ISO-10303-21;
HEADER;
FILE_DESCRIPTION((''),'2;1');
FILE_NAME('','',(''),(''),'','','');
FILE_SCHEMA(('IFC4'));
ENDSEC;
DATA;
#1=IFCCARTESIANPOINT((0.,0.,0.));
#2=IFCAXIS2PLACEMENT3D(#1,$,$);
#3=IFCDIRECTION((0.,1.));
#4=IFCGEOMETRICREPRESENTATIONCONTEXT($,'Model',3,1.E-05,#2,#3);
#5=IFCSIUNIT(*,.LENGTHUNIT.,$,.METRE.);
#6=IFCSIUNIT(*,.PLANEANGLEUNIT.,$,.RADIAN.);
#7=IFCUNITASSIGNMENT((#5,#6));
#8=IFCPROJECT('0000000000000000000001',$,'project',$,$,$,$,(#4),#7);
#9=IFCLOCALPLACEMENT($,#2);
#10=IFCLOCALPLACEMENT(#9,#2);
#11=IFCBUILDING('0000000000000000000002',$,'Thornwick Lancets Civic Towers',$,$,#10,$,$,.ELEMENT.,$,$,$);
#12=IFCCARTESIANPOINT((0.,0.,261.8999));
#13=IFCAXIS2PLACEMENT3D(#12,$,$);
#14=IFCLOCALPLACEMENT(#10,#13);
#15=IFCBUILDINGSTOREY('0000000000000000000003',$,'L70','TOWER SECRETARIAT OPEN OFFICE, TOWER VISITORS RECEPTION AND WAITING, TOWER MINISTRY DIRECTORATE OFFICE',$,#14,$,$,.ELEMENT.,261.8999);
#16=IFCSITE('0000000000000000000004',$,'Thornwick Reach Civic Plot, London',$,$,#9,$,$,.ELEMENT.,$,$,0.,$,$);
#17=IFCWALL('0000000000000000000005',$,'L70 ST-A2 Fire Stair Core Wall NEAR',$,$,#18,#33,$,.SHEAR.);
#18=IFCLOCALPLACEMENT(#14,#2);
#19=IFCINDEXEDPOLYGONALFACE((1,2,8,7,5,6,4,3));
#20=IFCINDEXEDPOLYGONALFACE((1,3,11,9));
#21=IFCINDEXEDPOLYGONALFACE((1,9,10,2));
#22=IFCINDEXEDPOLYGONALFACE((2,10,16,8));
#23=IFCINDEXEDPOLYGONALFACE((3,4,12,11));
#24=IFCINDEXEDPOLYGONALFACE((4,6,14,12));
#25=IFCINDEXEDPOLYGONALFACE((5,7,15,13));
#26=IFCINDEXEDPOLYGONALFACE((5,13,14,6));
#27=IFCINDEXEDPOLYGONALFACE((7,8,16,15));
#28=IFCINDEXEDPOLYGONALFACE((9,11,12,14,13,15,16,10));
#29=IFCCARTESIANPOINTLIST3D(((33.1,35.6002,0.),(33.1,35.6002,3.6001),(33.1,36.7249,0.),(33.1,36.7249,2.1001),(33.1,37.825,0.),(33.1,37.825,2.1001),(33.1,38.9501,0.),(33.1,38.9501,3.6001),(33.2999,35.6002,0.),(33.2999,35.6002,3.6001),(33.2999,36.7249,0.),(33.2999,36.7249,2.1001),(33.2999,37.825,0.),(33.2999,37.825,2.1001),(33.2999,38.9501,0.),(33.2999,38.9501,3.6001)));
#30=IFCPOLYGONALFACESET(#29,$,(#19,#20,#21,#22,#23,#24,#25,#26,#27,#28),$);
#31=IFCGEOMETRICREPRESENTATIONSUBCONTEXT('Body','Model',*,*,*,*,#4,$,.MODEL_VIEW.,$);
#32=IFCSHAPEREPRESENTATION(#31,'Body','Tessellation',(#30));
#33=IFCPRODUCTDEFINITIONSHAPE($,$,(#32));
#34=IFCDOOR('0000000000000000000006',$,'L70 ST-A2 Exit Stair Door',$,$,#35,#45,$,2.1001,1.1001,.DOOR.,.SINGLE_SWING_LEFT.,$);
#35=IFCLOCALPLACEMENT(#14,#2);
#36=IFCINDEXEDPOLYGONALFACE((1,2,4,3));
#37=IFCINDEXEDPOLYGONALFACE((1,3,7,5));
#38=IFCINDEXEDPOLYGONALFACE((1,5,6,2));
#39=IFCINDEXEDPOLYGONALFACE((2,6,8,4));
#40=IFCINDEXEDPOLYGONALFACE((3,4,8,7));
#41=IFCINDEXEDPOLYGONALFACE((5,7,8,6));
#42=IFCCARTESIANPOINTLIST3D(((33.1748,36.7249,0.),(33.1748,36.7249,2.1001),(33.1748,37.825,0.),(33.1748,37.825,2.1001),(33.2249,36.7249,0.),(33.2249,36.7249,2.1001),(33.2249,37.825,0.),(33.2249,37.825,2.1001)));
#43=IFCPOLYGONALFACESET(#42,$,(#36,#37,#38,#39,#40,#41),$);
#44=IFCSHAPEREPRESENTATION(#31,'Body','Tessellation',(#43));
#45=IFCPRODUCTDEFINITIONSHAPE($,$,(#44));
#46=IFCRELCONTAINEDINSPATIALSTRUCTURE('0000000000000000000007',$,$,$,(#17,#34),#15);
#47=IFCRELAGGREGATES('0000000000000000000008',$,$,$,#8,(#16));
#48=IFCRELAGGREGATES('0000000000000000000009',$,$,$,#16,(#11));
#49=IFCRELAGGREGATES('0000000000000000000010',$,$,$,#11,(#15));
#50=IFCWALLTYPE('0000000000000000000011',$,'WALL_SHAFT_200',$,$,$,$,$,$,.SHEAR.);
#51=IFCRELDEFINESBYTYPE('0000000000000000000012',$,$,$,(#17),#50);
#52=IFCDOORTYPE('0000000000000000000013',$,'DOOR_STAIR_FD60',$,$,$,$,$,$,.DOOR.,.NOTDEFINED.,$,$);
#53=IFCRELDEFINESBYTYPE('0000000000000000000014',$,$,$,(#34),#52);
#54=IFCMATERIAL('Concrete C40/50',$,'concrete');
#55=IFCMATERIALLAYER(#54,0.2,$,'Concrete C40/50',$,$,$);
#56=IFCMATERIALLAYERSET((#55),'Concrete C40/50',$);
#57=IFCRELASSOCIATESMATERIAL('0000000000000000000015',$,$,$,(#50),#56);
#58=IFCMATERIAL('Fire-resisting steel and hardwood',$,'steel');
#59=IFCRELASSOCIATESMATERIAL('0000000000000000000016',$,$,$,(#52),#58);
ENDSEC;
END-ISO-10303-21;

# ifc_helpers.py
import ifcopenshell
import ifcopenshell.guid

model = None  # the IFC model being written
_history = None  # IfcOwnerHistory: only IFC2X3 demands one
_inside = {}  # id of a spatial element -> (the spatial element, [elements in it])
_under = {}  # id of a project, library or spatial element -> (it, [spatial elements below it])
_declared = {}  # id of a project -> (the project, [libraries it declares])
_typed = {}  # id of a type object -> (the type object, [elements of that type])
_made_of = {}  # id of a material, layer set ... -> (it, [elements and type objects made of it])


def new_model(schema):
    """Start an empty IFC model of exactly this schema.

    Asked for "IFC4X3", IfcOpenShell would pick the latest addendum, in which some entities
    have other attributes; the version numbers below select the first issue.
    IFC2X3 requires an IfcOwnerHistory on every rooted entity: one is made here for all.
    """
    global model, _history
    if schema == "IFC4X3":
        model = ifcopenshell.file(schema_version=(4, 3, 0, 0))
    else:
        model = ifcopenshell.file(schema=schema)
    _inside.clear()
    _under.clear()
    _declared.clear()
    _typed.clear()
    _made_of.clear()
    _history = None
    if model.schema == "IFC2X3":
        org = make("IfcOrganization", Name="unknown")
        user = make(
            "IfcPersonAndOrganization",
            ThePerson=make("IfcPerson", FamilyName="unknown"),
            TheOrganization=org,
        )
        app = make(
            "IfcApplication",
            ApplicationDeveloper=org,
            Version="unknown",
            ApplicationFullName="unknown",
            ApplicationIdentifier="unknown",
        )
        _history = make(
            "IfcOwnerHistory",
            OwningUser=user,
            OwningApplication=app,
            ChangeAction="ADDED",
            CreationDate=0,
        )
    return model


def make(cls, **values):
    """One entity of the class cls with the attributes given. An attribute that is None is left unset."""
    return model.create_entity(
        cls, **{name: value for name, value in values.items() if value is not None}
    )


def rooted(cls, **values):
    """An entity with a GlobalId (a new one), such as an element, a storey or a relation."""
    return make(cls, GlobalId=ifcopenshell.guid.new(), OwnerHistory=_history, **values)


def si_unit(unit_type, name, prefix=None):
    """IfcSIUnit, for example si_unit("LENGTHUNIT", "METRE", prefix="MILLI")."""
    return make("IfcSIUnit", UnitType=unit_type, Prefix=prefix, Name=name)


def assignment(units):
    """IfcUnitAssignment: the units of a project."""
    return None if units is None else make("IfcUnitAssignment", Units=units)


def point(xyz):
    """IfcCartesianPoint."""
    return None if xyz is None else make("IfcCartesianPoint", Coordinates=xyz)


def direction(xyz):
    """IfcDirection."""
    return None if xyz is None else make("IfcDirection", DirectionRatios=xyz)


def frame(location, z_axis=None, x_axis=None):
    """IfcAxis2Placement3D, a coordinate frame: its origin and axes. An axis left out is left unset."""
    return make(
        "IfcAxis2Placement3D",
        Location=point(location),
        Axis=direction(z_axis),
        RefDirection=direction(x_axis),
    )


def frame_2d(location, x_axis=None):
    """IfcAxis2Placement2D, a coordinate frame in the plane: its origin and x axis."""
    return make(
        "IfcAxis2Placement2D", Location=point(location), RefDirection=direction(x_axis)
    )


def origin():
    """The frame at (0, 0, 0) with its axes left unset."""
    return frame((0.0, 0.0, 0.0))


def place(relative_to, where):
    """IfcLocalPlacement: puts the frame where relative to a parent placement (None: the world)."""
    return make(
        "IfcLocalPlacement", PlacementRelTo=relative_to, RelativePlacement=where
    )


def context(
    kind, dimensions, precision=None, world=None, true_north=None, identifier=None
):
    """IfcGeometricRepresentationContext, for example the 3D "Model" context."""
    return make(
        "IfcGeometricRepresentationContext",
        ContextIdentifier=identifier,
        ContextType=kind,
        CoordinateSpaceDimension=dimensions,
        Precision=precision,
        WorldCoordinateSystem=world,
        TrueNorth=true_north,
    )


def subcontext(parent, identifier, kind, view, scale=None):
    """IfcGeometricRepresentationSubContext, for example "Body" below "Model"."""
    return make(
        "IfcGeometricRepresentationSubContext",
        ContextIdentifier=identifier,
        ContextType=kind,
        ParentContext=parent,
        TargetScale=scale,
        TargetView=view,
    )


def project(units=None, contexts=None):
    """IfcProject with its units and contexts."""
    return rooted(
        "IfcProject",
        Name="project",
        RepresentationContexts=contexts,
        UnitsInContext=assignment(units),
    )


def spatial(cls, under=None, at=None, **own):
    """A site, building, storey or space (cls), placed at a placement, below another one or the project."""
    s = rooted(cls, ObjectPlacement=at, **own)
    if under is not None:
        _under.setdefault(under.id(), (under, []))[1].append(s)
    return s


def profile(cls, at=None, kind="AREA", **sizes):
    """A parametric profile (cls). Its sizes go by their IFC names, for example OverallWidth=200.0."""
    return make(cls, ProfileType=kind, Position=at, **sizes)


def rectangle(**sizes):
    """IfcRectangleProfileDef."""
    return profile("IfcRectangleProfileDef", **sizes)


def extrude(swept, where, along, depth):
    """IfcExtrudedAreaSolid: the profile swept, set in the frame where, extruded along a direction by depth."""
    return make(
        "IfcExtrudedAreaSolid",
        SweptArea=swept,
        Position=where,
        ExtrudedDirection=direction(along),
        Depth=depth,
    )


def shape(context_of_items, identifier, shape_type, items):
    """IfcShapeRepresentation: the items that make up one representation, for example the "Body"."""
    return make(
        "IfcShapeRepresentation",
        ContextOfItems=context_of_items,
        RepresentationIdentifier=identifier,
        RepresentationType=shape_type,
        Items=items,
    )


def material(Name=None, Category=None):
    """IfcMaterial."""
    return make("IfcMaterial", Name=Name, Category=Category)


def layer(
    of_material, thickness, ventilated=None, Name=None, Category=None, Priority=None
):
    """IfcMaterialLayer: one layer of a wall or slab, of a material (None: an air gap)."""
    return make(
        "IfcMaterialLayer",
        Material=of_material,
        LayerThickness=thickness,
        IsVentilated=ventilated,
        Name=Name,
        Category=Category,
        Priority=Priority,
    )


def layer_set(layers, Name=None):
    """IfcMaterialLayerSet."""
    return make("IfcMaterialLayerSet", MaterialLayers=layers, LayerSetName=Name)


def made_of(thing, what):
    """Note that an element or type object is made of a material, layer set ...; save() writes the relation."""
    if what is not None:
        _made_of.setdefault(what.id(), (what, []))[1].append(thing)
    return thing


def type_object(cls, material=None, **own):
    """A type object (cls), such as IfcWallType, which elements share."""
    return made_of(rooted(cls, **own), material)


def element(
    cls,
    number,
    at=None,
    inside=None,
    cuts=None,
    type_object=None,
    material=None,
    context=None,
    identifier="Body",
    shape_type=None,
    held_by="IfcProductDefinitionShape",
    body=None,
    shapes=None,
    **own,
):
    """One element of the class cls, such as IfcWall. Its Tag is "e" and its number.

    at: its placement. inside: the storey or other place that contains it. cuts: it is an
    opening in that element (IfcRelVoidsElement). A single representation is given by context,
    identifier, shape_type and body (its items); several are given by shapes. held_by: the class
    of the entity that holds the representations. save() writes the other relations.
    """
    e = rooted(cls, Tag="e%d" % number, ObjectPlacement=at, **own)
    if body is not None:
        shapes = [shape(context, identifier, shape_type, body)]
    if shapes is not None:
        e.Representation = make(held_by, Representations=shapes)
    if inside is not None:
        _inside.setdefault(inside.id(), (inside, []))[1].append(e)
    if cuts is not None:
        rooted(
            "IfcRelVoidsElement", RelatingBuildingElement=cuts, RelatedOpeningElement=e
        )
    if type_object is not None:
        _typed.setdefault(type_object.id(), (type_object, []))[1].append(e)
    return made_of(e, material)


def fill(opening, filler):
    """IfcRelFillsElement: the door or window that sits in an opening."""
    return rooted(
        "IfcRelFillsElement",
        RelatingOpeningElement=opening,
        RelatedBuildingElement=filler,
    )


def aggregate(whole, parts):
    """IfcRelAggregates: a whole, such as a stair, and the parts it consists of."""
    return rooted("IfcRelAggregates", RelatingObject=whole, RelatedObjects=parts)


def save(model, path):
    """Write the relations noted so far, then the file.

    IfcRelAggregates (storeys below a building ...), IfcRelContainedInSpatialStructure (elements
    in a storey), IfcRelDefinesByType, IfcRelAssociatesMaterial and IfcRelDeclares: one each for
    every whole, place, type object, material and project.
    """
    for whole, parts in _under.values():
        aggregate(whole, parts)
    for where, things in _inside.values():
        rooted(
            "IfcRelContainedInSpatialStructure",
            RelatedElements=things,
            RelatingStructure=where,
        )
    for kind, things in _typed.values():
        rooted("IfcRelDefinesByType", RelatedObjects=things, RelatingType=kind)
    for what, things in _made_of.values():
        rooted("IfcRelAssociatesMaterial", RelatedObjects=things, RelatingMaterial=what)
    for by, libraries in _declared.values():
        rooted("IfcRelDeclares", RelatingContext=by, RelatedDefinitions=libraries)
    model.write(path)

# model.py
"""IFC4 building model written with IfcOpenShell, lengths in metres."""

from ifc_helpers import new_model, si_unit, direction, frame, frame_2d, origin, place, context, subcontext, project, spatial, rectangle, extrude, material, layer, layer_set, type_object, element, fill, save


model = new_model("IFC4")

# Units and contexts
model_context = context("Model", 3, precision=1e-05, world=origin(), true_north=direction((0.0, 1.0)))
body_context = subcontext(model_context, "Body", "Model", "MODEL_VIEW")
ifc_project = project(units=[si_unit("LENGTHUNIT", "METRE"), si_unit("PLANEANGLEUNIT", "RADIAN")], contexts=[model_context])

# Site, building, storey
site_placement = place(None, origin())
site = spatial("IfcSite", under=ifc_project, at=site_placement, Name="Thornwick Reach Civic Plot, London", CompositionType="ELEMENT", RefElevation=0.0)
building_placement = place(site_placement, origin())
building = spatial("IfcBuilding", under=site, at=building_placement, Name="Thornwick Lancets Civic Towers", CompositionType="ELEMENT")
storey_placement = place(building_placement, frame((0.0, 0.0, 261.8999)))
storey = spatial("IfcBuildingStorey", under=building, at=storey_placement, Name="L70", Description="TOWER SECRETARIAT OPEN OFFICE, TOWER VISITORS RECEPTION AND WAITING, TOWER MINISTRY DIRECTORATE OFFICE", CompositionType="ELEMENT", Elevation=261.8999)

# Wall, opening, door
ifc_material_1 = material(Name="Concrete C40/50", Category="concrete")
ifc_layer_1 = layer(ifc_material_1, 0.2, Name="Concrete C40/50")
ifc_layer_set_1 = layer_set([ifc_layer_1], Name="Concrete C40/50")
wall_type_1 = type_object("IfcWallType", Name="WALL_SHAFT_200", PredefinedType="SHEAR", material=ifc_layer_set_1)
wall_1_placement = place(storey_placement, frame((33.2, 38.95, 0.0), z_axis=(0.0, 0.0, 1.0), x_axis=(0.0, -1.0, 0.0)))
wall_1 = element("IfcWall", 1, at=wall_1_placement, inside=storey, type_object=wall_type_1, Name="L70 ST-A2 Fire Stair Core Wall NEAR", PredefinedType="SHEAR", context=body_context, shape_type="SweptSolid", body=[
    extrude(rectangle(XDim=3.3499, YDim=0.2, at=frame_2d((1.6748, 0.0))), origin(), (0.0, 0.0, 1.0), 3.6001),
])
opening_1_placement = place(wall_1_placement, frame((1.125, 0.0, 0.0)))
opening_1 = element("IfcOpeningElement", 2, at=opening_1_placement, cuts=wall_1, PredefinedType="OPENING", context=body_context, shape_type="SweptSolid", body=[
    extrude(rectangle(XDim=1.1001, YDim=2.1001, at=frame_2d((0.55, 1.05))), frame((0.0, 0.1099, 0.0), z_axis=(0.0, -1.0, 0.0), x_axis=(1.0, 0.0, 0.0)), (0.0, 0.0, 1.0), 0.22),
])
ifc_material_2 = material(Name="Fire-resisting steel and hardwood", Category="steel")
door_type = type_object("IfcDoorType", Name="DOOR_STAIR_FD60", OperationType="NOTDEFINED", PredefinedType="DOOR", material=ifc_material_2)
door_placement = place(opening_1_placement, origin())
door = element("IfcDoor", 3, at=door_placement, inside=storey, type_object=door_type, Name="L70 ST-A2 Exit Stair Door", OperationType="SINGLE_SWING_LEFT", OverallHeight=2.1001, OverallWidth=1.1001, PredefinedType="DOOR", context=body_context, shape_type="SweptSolid", body=[
    extrude(rectangle(XDim=1.1001, YDim=2.1001, at=frame_2d((0.55, 1.05))), frame((0.0, 0.0249, 0.0), z_axis=(0.0, -1.0, 0.0), x_axis=(1.0, 0.0, 0.0)), (0.0, 0.0, 1.0), 0.05),
])
fill(opening_1, door)

save(model, "model.ifc")
